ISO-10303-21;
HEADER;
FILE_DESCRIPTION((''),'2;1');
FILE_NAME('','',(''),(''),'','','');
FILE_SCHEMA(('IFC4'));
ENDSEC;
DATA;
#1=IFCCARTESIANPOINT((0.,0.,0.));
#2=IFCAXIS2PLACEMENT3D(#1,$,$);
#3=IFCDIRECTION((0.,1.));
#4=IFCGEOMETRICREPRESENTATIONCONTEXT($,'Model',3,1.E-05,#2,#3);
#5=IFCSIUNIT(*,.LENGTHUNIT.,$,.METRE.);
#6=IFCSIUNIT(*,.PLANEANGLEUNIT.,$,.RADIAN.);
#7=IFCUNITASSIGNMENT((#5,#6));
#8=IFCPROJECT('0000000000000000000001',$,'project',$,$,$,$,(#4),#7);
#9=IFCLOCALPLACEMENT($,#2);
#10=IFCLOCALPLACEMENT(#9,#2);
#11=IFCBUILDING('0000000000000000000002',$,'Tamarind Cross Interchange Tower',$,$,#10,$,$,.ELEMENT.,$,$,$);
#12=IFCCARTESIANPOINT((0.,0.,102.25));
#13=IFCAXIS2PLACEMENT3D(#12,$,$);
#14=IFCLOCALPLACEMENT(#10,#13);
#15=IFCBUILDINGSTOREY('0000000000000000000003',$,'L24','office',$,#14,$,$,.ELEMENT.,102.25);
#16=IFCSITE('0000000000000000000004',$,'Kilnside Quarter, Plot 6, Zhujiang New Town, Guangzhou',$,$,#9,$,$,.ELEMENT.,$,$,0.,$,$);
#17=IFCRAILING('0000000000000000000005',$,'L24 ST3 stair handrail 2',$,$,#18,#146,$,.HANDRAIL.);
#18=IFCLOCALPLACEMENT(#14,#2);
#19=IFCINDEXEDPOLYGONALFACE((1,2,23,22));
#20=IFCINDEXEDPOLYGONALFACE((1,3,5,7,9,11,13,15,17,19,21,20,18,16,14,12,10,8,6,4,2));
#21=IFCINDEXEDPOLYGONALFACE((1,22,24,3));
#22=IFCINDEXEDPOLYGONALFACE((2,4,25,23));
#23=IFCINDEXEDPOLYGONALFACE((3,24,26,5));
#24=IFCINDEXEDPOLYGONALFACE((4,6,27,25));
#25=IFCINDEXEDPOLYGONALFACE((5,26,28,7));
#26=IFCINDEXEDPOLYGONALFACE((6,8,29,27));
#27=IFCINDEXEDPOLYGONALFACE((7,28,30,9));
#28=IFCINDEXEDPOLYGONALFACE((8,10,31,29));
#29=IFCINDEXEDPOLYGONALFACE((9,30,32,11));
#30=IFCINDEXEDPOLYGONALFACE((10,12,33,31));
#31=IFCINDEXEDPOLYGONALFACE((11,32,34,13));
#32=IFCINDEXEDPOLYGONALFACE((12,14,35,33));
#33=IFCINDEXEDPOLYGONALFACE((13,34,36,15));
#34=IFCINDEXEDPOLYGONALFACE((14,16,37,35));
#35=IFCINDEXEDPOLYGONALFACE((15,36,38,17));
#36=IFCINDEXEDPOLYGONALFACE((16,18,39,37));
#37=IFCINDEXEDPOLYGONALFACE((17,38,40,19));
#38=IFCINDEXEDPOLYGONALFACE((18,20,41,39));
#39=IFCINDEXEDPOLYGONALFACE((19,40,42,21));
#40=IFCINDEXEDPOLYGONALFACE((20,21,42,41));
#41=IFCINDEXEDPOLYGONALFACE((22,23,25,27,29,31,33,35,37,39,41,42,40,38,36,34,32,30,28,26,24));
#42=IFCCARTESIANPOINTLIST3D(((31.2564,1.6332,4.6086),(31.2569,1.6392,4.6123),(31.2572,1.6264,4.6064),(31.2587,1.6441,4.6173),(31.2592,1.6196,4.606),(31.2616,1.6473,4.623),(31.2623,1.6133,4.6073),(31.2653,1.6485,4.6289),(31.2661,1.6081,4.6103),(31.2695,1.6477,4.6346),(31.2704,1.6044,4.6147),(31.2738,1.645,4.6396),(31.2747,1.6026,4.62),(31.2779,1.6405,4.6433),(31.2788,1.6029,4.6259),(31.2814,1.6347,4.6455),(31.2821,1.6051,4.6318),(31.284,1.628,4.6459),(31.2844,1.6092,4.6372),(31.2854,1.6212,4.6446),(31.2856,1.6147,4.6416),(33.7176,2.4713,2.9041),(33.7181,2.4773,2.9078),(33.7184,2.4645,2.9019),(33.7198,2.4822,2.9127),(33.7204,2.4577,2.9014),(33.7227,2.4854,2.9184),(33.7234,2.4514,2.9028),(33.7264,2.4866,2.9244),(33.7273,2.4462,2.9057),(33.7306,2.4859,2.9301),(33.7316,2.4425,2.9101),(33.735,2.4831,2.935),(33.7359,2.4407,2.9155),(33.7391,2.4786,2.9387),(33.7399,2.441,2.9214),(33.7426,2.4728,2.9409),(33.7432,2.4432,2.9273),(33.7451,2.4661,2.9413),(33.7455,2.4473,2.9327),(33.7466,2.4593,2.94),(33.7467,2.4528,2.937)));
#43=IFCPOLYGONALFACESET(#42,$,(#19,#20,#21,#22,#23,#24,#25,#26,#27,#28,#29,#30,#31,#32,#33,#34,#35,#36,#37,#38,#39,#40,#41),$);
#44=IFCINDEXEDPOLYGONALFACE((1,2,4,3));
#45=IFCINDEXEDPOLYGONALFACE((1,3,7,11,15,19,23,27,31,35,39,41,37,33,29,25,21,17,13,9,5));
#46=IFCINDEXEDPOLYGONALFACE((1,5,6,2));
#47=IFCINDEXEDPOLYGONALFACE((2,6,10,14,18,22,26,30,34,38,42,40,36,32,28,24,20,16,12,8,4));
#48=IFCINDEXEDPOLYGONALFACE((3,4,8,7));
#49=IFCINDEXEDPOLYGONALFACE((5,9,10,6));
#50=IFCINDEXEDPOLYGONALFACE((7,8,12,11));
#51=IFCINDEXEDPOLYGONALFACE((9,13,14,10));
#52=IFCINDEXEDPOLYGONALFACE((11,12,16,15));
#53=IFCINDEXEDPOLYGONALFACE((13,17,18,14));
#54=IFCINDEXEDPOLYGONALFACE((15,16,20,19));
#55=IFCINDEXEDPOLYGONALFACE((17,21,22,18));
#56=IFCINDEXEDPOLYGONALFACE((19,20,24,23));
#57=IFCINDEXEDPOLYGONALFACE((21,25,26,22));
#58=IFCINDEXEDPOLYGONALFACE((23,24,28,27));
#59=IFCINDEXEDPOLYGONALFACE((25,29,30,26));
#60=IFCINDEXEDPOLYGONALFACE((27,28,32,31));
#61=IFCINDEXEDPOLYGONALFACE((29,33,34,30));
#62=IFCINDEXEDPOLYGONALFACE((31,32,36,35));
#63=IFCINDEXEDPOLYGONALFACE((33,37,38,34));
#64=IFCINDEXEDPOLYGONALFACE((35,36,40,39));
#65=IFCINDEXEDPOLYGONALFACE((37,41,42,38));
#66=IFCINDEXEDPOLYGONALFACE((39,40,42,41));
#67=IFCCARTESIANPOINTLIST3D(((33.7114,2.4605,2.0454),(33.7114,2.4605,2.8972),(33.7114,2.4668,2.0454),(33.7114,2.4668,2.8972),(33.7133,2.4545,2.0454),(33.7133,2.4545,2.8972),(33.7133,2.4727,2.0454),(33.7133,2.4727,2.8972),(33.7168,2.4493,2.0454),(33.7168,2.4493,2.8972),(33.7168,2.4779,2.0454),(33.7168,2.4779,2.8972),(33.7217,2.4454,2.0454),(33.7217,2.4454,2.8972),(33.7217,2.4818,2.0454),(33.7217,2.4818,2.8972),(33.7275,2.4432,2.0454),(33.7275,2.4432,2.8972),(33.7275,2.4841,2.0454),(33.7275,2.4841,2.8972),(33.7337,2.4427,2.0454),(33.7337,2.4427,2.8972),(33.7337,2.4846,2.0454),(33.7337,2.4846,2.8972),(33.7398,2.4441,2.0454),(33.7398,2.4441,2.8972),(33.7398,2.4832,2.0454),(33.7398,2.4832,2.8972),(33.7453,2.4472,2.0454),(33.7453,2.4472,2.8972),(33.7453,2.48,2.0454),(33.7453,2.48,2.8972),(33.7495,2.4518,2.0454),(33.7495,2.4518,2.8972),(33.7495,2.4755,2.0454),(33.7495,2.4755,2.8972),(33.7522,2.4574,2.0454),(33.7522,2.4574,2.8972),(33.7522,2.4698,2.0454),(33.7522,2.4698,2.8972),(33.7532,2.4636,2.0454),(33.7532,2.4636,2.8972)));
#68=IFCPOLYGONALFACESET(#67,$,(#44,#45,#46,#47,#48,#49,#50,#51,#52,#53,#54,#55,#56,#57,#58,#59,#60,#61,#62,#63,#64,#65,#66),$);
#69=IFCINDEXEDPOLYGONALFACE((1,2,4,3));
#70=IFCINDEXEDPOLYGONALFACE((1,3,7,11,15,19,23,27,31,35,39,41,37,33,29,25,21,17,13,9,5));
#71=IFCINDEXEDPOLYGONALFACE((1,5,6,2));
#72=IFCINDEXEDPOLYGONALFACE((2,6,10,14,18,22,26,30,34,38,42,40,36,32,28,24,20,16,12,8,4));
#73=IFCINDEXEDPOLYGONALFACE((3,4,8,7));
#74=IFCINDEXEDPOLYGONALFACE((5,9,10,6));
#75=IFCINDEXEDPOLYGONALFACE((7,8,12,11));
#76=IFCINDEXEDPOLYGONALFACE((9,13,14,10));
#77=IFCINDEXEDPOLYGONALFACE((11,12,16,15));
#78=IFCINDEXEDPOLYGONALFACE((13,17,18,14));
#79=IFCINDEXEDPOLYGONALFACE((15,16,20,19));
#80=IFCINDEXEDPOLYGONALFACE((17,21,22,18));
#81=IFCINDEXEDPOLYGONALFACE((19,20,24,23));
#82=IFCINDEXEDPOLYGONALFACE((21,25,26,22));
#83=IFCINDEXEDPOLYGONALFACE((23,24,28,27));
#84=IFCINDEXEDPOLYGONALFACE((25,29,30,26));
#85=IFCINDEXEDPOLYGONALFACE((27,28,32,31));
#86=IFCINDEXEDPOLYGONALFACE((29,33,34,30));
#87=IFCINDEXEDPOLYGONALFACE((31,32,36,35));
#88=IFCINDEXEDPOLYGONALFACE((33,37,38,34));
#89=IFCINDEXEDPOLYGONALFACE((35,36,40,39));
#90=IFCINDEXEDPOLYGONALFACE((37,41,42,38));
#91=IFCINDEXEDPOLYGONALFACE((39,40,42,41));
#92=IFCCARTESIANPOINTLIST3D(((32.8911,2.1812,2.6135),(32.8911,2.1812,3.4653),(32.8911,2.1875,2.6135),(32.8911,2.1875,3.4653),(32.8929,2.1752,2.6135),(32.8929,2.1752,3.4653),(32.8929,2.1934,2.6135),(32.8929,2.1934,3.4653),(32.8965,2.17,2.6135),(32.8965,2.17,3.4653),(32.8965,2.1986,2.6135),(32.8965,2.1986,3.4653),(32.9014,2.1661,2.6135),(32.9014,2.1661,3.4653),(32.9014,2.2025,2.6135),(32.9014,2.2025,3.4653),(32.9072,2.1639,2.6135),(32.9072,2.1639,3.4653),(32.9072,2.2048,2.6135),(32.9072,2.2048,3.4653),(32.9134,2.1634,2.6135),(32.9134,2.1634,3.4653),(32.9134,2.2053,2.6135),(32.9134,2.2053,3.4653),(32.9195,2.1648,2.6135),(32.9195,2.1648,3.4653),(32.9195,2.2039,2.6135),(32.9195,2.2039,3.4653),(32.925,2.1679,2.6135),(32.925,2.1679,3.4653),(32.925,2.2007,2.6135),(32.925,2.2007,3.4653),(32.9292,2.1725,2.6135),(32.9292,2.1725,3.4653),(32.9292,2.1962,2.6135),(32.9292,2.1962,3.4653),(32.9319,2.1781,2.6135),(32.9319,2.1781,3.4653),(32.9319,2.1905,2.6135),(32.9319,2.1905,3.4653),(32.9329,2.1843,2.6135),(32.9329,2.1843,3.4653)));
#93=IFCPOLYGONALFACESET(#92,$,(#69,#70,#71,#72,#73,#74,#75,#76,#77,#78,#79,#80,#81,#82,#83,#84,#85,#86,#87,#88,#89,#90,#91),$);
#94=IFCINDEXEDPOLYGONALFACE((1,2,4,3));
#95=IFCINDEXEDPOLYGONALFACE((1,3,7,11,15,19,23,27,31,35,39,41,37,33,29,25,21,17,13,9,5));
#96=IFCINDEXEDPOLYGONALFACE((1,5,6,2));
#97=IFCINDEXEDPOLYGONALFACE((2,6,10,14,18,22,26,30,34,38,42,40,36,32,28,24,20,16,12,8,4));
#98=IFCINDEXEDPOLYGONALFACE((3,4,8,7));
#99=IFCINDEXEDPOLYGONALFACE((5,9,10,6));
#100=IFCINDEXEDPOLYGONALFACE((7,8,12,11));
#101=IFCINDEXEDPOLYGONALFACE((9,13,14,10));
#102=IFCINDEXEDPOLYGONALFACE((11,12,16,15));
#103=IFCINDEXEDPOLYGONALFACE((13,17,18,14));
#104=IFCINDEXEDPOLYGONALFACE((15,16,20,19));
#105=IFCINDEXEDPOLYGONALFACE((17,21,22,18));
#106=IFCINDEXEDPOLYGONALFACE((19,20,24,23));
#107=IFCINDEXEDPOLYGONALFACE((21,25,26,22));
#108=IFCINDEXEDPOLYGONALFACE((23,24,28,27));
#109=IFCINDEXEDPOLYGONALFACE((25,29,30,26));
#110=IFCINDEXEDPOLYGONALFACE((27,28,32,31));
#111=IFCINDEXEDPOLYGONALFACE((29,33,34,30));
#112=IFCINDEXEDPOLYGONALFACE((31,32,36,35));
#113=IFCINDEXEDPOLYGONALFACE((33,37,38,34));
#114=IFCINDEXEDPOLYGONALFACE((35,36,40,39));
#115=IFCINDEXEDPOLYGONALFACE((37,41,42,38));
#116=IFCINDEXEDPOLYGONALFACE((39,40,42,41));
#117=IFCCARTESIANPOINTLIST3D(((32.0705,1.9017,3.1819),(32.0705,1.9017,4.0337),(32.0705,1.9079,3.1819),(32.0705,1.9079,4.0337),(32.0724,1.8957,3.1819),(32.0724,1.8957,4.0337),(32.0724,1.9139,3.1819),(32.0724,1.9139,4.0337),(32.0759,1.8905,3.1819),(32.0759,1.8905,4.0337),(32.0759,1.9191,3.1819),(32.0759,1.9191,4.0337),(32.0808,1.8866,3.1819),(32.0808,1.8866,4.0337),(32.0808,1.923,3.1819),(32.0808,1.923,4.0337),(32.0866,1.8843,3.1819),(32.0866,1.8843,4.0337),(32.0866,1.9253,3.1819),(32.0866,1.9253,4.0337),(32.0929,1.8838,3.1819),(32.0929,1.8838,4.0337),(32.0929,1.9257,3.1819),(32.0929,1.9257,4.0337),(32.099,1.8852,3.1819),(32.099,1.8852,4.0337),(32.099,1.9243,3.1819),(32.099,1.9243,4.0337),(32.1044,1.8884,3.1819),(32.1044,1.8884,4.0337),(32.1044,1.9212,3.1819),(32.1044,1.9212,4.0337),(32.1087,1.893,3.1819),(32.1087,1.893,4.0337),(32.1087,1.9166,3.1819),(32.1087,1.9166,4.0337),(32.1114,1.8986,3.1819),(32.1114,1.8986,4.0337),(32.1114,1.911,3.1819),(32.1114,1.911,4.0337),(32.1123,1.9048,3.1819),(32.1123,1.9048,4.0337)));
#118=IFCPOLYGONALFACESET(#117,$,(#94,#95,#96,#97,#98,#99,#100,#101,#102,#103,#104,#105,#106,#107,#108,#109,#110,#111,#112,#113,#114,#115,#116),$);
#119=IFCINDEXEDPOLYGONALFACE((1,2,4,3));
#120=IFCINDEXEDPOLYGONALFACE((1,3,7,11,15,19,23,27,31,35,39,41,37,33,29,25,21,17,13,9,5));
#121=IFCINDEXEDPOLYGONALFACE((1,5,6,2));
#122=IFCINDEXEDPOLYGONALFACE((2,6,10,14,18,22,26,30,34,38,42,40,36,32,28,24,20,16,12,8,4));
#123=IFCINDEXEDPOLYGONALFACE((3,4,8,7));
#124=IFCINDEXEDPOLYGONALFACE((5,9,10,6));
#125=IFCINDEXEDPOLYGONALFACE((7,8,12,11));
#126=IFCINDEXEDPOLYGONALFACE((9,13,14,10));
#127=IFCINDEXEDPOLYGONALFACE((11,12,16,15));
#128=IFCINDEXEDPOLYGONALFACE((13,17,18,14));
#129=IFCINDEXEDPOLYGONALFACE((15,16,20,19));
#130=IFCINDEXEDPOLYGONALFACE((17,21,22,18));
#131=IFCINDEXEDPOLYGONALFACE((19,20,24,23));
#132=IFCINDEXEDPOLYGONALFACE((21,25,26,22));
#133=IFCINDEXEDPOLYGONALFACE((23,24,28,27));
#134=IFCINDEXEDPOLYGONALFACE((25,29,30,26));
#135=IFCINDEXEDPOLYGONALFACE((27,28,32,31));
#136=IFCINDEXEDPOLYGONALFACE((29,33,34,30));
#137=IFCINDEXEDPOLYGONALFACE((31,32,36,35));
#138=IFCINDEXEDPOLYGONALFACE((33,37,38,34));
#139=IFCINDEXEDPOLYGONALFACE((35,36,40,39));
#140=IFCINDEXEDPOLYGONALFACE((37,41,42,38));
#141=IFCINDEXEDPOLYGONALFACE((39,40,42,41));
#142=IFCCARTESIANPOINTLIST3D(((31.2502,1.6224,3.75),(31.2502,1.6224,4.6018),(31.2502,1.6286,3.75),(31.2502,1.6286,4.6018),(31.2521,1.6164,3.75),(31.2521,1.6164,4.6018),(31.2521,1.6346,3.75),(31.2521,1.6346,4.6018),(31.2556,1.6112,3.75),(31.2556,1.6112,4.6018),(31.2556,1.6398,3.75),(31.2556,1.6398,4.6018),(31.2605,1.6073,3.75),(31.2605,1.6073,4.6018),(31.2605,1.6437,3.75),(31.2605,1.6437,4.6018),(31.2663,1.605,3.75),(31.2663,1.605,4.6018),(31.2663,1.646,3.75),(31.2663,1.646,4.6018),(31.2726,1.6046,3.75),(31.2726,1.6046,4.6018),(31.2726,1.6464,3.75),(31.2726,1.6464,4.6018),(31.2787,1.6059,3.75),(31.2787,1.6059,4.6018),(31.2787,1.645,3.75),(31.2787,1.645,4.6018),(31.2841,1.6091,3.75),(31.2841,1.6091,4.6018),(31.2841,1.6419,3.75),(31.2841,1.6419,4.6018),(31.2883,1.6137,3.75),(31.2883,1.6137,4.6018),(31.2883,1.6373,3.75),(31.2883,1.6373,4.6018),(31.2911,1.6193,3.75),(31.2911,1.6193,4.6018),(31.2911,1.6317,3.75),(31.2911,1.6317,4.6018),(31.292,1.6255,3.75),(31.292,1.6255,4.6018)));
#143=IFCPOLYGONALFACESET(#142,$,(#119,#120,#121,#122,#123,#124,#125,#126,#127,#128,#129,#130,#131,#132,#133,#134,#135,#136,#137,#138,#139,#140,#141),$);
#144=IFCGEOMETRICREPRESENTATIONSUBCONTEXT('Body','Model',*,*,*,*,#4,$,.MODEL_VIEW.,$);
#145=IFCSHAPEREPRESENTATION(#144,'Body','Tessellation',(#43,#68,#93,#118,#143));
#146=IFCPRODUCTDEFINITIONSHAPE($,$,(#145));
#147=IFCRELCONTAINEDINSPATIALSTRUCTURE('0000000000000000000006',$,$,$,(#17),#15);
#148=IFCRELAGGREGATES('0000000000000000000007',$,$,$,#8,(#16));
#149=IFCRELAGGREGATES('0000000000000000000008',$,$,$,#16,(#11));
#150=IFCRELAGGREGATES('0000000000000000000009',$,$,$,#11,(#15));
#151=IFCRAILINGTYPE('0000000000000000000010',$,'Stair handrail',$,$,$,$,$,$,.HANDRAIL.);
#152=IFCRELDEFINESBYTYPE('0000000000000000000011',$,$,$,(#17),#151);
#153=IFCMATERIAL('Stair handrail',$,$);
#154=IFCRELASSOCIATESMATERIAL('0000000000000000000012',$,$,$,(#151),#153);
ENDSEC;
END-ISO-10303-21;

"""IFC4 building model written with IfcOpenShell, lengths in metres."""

from ifc_helpers import new_model, si_unit, direction, frame, origin, origin_2d, place, context, subcontext, project, spatial, circle, extrude, material, type_object, element, save


model = new_model("IFC4")

# Units and contexts
model_context = context("Model", 3, precision=1e-05, world=origin(), true_north=direction((0.0, 1.0)))
body_context = subcontext(model_context, "Body", "Model", "MODEL_VIEW")
ifc_project = project(units=[si_unit("LENGTHUNIT", "METRE"), si_unit("PLANEANGLEUNIT", "RADIAN")], contexts=[model_context])

# Site, building, storey
site_placement = place(None, origin())
site = spatial("IfcSite", under=ifc_project, at=site_placement, Name="Kilnside Quarter, Plot 6, Zhujiang New Town, Guangzhou", CompositionType="ELEMENT", RefElevation=0.0)
building_placement = place(site_placement, origin())
building = spatial("IfcBuilding", under=site, at=building_placement, Name="Tamarind Cross Interchange Tower", CompositionType="ELEMENT")
storey_placement = place(building_placement, frame((0.0, 0.0, 102.25)))
storey = spatial("IfcBuildingStorey", under=building, at=storey_placement, Name="L24", Description="office", CompositionType="ELEMENT", Elevation=102.25)

# Railing
ifc_material_1 = material(Name="Stair handrail")
railing_type_1 = type_object("IfcRailingType", Name="Stair handrail", PredefinedType="HANDRAIL", material=ifc_material_1)
railing_1_placement = place(storey_placement, frame((33.7322, 2.4636, 2.0454)))
element("IfcRailing", 1, at=railing_1_placement, inside=storey, type_object=railing_type_1, Name="L24 ST3 stair handrail 2", PredefinedType="HANDRAIL", context=body_context, shape_type="SweptSolid", body=[
    extrude(circle(Radius=0.0239, at=origin_2d()), frame((0.0, 0.0, 0.876), z_axis=(-0.791646, -0.269589, 0.548286), x_axis=(0.322362, -0.946616, 0.0)), (0.0, 0.0, 1.0), 3.1089),
    extrude(circle(Radius=0.021, at=origin_2d()), origin(), (0.0, 0.0, 1.0), 0.8518),
    extrude(circle(Radius=0.021, at=origin_2d()), frame((-0.8203, -0.2793, 0.5681)), (0.0, 0.0, 1.0), 0.8518),
    extrude(circle(Radius=0.021, at=origin_2d()), frame((-1.6409, -0.5588, 1.1365)), (0.0, 0.0, 1.0), 0.8518),
    extrude(circle(Radius=0.021, at=origin_2d()), frame((-2.4612, -0.8381, 1.7046)), (0.0, 0.0, 1.0), 0.8518),
])

save(model, "model.ifc")
